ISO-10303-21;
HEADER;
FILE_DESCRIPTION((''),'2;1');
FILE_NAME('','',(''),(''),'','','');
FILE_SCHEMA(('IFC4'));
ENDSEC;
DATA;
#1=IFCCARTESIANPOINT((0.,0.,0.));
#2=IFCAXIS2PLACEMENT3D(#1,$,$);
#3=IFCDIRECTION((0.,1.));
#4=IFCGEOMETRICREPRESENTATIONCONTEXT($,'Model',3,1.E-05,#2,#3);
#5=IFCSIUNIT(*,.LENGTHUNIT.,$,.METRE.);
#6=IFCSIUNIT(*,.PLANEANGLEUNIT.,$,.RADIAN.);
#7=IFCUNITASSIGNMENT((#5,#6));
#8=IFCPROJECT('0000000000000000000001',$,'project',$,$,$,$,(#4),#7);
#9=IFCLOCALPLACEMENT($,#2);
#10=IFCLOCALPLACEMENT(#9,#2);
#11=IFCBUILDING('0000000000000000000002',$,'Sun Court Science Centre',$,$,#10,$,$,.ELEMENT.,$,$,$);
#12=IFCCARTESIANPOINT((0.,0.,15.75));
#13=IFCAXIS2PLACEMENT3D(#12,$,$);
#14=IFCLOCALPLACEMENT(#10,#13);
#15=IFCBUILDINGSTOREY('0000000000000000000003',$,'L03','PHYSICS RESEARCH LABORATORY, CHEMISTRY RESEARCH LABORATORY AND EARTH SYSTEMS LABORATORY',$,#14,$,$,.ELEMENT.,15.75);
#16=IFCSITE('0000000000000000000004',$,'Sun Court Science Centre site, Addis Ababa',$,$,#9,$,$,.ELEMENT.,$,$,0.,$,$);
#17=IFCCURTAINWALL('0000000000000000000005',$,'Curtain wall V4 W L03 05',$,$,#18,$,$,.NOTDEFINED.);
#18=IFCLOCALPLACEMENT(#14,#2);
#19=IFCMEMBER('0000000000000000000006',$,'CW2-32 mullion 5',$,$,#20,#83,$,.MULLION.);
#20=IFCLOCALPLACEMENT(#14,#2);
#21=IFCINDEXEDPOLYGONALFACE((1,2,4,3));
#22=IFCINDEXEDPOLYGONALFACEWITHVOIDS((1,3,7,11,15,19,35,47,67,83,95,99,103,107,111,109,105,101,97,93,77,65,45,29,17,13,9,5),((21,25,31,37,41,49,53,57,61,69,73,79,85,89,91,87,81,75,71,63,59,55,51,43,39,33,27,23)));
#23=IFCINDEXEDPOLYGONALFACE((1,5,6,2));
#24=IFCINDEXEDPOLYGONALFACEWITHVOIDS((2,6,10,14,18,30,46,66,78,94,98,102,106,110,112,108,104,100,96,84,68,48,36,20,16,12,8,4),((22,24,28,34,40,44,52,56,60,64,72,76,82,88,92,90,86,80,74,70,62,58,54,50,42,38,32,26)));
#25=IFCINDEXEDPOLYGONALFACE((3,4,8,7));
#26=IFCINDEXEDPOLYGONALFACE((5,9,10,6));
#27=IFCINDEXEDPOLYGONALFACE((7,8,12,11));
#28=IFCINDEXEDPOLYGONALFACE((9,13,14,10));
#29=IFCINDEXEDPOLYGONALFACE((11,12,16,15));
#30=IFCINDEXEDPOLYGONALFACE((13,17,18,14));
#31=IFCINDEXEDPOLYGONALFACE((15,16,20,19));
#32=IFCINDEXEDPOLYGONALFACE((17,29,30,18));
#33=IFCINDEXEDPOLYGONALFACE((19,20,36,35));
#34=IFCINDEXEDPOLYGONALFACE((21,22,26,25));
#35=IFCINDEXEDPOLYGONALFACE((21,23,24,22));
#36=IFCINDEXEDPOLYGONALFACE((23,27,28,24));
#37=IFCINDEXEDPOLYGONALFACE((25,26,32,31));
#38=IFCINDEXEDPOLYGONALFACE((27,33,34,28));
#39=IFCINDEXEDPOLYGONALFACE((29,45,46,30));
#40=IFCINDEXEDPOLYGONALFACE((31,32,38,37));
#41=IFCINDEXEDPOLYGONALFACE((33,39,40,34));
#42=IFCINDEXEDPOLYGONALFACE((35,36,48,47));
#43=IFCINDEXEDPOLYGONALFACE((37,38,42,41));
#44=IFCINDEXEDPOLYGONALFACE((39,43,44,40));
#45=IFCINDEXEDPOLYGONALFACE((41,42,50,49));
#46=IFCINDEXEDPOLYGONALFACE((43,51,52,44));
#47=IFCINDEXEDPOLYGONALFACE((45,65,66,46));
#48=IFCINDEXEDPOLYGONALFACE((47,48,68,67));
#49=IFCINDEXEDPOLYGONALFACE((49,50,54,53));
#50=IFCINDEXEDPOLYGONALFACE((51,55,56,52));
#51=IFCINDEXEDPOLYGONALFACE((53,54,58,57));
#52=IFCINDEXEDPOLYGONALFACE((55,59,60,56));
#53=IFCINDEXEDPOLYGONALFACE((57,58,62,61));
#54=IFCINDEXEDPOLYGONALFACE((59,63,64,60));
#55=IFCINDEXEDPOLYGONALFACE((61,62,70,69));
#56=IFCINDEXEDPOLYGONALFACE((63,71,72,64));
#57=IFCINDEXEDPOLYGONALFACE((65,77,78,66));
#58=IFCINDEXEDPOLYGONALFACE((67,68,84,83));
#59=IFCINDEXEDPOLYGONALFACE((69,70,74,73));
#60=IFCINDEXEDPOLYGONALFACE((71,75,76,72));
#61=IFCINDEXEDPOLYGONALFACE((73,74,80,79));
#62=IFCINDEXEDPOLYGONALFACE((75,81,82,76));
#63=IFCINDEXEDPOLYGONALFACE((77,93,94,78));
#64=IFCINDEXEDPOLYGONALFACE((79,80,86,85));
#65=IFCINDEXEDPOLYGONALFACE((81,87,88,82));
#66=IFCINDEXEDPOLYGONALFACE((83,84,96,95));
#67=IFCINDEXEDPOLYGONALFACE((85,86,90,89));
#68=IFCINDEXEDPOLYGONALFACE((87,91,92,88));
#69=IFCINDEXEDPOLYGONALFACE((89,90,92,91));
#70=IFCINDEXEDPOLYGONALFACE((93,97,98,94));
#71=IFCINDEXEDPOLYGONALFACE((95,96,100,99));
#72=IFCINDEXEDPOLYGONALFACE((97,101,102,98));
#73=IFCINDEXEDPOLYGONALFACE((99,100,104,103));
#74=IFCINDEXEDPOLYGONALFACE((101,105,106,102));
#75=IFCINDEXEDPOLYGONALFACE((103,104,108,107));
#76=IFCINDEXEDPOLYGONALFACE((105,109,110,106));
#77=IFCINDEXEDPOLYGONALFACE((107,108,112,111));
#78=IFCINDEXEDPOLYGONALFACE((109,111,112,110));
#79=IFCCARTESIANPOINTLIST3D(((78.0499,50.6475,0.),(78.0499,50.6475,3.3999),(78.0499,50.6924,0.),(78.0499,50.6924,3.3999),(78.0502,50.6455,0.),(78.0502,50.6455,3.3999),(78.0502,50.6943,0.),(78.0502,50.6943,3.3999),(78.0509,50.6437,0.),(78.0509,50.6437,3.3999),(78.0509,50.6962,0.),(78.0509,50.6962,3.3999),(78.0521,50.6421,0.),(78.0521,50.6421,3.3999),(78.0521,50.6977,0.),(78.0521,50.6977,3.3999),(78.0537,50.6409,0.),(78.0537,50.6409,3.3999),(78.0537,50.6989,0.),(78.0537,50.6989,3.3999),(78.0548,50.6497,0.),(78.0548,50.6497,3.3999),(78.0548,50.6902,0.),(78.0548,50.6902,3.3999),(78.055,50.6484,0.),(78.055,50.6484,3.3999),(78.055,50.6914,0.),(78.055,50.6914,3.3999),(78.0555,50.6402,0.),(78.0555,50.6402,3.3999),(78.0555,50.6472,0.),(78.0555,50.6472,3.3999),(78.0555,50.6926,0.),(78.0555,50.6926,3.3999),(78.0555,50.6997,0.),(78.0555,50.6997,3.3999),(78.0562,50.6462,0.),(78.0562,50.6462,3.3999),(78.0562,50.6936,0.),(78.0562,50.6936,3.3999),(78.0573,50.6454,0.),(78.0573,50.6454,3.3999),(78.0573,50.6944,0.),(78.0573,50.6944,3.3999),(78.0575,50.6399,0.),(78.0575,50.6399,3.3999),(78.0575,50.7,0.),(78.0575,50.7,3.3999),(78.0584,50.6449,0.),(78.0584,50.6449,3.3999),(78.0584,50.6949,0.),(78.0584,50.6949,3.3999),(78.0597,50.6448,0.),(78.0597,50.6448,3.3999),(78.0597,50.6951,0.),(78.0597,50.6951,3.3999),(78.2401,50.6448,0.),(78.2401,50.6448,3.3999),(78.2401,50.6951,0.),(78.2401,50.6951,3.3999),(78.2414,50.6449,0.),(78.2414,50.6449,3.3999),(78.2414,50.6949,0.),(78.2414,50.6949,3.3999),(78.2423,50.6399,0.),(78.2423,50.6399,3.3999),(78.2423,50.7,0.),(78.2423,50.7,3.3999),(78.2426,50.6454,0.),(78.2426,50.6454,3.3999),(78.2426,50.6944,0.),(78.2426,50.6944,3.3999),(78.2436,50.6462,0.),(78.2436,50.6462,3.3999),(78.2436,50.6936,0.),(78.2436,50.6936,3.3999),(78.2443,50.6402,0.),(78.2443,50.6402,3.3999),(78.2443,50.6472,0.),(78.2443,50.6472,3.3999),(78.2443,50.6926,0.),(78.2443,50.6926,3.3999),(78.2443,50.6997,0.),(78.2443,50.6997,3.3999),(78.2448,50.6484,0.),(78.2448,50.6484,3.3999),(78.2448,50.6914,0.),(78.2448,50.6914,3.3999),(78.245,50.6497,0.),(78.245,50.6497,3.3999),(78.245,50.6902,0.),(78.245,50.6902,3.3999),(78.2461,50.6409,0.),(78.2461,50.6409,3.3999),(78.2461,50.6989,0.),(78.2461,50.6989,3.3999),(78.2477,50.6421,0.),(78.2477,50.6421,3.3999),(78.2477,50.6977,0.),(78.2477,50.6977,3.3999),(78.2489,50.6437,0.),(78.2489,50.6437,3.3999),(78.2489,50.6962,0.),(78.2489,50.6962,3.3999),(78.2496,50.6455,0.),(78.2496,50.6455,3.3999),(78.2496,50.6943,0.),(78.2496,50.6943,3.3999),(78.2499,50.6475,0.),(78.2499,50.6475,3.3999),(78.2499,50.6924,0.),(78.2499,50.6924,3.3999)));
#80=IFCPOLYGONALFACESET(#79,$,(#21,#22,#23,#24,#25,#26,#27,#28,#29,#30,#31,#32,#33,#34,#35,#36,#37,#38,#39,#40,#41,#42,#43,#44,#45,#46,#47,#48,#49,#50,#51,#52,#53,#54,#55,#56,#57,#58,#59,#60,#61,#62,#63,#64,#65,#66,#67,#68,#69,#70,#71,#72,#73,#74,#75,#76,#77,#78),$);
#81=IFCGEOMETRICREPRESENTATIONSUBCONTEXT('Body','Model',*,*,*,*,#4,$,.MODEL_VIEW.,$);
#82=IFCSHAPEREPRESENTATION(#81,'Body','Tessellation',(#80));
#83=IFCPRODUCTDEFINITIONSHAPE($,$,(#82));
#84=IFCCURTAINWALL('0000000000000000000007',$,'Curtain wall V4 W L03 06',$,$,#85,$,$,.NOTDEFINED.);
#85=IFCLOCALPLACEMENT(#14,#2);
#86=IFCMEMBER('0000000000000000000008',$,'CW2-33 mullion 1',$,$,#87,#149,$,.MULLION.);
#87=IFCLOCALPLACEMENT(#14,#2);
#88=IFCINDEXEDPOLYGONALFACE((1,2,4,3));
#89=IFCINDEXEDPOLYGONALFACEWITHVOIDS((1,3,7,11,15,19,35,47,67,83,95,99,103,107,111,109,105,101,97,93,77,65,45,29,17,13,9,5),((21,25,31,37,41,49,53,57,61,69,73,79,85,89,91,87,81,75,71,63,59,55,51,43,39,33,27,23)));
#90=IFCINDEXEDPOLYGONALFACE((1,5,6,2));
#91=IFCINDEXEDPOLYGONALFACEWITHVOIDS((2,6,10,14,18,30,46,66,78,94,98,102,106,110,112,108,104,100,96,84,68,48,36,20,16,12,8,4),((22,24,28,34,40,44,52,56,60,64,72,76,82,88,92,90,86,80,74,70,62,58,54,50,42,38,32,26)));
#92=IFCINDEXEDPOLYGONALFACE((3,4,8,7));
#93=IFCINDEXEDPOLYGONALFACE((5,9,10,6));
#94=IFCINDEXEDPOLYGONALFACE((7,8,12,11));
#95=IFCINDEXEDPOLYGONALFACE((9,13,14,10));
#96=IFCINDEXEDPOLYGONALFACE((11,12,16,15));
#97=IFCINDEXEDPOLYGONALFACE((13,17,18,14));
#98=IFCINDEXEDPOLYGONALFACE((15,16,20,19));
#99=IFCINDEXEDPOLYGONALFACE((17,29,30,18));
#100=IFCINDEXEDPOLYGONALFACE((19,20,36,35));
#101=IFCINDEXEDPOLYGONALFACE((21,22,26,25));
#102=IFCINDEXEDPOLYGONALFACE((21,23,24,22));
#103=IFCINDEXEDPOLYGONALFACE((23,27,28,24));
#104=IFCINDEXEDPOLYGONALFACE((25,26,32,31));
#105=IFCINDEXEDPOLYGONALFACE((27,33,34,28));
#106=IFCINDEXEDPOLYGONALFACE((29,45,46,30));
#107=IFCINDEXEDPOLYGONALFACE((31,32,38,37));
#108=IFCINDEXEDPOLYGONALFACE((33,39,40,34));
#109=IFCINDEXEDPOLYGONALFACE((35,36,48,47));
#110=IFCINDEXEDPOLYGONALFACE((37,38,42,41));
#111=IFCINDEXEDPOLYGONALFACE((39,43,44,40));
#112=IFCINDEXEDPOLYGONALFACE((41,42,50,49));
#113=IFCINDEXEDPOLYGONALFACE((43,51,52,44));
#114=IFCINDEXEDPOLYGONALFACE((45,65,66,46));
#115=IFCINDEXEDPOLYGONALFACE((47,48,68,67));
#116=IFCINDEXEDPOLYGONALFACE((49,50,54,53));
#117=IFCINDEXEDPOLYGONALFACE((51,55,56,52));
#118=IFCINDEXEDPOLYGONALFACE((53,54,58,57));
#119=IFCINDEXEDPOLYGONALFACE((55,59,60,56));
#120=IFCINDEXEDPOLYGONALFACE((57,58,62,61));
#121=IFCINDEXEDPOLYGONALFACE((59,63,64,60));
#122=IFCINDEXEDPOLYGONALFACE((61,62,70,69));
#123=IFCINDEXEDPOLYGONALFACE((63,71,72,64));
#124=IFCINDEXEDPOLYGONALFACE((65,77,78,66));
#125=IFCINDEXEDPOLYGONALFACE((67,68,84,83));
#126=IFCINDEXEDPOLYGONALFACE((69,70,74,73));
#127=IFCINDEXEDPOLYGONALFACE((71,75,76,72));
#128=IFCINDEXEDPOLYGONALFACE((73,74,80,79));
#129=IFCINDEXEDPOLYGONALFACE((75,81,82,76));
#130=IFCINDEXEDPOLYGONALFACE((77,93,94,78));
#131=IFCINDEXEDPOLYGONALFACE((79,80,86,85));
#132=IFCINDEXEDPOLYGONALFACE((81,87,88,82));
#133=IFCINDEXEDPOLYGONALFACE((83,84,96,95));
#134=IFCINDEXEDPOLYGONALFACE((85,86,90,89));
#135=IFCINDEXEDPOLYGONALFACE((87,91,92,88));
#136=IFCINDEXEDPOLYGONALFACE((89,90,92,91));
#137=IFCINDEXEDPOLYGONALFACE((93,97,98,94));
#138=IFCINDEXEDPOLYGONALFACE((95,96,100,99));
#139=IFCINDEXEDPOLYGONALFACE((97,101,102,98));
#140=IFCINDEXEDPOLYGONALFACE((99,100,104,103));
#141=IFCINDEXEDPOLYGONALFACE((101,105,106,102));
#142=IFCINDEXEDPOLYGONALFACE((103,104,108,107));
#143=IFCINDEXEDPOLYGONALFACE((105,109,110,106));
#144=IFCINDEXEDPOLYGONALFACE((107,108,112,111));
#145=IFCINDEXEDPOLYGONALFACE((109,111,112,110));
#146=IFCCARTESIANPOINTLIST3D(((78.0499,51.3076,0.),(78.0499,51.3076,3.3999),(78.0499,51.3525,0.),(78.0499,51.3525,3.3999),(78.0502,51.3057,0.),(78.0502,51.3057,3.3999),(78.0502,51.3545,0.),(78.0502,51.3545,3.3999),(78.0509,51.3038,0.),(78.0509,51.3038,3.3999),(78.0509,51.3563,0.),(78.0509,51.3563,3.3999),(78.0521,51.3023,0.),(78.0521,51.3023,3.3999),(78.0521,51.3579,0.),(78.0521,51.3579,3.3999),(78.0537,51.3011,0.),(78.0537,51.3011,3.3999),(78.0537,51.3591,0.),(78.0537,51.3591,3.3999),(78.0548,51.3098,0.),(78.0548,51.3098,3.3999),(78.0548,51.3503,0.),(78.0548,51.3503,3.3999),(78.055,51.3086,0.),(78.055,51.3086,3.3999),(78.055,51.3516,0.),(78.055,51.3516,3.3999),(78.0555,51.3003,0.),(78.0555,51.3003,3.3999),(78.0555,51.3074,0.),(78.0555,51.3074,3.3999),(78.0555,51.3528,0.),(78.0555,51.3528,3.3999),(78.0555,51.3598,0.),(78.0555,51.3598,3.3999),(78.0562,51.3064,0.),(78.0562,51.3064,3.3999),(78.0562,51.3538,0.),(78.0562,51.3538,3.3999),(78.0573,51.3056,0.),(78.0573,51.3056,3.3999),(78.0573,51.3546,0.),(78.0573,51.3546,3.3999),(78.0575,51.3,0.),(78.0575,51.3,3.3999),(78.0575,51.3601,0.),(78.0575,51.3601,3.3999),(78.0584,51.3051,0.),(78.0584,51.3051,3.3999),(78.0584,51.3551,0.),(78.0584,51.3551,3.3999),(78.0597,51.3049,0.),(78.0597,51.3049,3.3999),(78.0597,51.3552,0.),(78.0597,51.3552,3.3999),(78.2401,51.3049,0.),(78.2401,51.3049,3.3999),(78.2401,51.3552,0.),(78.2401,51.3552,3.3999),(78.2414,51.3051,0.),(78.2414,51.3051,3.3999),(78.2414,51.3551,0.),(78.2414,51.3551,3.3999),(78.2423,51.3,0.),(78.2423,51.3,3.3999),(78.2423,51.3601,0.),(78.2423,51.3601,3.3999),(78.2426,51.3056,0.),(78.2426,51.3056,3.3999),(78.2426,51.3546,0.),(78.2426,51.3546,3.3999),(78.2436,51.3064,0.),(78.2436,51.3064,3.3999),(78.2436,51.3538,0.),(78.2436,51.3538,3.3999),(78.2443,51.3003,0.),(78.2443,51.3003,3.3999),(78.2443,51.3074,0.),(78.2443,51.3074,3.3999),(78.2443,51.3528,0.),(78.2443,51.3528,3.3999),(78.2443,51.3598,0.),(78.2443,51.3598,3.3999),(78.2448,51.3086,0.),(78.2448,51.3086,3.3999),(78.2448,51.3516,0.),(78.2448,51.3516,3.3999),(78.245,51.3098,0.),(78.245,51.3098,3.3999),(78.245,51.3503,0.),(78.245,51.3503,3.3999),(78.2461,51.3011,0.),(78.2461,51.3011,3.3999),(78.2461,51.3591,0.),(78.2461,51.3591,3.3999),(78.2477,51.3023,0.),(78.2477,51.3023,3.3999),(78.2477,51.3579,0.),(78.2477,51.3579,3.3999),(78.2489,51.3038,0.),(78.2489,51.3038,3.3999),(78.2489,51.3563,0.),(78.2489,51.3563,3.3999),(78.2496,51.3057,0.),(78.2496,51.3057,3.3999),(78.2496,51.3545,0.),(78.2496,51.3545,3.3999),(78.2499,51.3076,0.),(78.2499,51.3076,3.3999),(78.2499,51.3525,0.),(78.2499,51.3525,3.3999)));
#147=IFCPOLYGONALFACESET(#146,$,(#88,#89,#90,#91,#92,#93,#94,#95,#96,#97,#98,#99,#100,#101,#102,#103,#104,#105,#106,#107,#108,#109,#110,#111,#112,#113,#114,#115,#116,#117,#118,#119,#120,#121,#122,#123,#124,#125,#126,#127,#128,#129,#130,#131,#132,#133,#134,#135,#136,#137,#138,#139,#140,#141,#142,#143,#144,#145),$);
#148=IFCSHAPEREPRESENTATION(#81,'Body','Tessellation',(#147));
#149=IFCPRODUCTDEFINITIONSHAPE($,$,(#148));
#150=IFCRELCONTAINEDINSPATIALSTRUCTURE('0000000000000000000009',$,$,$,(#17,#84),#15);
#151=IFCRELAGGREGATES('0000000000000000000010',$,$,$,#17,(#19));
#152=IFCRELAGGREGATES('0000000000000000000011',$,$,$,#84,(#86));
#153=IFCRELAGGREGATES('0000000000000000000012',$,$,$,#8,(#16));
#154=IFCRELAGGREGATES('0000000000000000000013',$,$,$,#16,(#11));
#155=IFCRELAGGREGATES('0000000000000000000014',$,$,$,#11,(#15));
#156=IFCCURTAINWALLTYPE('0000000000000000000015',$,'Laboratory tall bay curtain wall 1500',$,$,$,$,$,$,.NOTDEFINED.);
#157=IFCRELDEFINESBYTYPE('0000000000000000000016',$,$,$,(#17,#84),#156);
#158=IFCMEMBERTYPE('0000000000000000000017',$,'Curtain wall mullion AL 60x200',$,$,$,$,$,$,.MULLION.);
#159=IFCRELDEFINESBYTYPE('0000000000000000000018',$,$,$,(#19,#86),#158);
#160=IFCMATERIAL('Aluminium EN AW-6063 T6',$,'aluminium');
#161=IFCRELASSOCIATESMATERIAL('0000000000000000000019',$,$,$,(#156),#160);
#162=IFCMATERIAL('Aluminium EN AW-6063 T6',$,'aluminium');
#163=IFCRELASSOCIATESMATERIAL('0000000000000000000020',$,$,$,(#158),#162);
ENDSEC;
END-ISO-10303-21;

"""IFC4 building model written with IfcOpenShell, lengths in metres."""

from ifc_helpers import new_model, si_unit, direction, frame, origin, origin_2d, place, context, subcontext, project, spatial, hollow_rectangle, extrude, material, material_profile, profile_set, type_object, element, aggregate, save


model = new_model("IFC4")

# Units and contexts
model_context = context("Model", 3, precision=1e-05, world=origin(), true_north=direction((0.0, 1.0)))
body_context = subcontext(model_context, "Body", "Model", "MODEL_VIEW")
ifc_project = project(units=[si_unit("LENGTHUNIT", "METRE"), si_unit("PLANEANGLEUNIT", "RADIAN")], contexts=[model_context])

# Site, building, storey
site_placement = place(None, origin())
site = spatial("IfcSite", under=ifc_project, at=site_placement, Name="Sun Court Science Centre site, Addis Ababa", CompositionType="ELEMENT", RefElevation=0.0)
building_placement = place(site_placement, origin())
building = spatial("IfcBuilding", under=site, at=building_placement, Name="Sun Court Science Centre", CompositionType="ELEMENT")
storey_placement = place(building_placement, frame((0.0, 0.0, 15.75)))
storey = spatial("IfcBuildingStorey", under=building, at=storey_placement, Name="L03", Description="PHYSICS RESEARCH LABORATORY, CHEMISTRY RESEARCH LABORATORY AND EARTH SYSTEMS LABORATORY", CompositionType="ELEMENT", Elevation=15.75)

# Curtain walls, members
ifc_material_1 = material(Name="Aluminium EN AW-6063 T6", Category="aluminium")
curtain_wall_type = type_object("IfcCurtainWallType", Name="Laboratory tall bay curtain wall 1500", PredefinedType="NOTDEFINED", material=ifc_material_1)
curtain_wall_1_placement = place(storey_placement, origin())
curtain_wall_1 = element("IfcCurtainWall", 1, at=curtain_wall_1_placement, inside=storey, type_object=curtain_wall_type, Name="Curtain wall V4 W L03 05", PredefinedType="NOTDEFINED")
ifc_material_2 = material(Name="Aluminium EN AW-6063 T6", Category="aluminium")
ifc_material_profile_1 = material_profile(ifc_material_2, hollow_rectangle(XDim=0.0601, YDim=0.2, WallThickness=0.0049, InnerFilletRadius=0.0049, OuterFilletRadius=0.0076, at=origin_2d()), Name="AL 60x200x5")
ifc_profile_set_1 = profile_set([ifc_material_profile_1], Name="Aluminium EN AW-6063 T6")
member_type_1 = type_object("IfcMemberType", Name="Curtain wall mullion AL 60x200", PredefinedType="MULLION", material=ifc_profile_set_1)
member_1_placement = place(storey_placement, frame((78.1499, 50.6699, 0.0), z_axis=(0.0, 0.0, 1.0), x_axis=(0.0, 1.0, 0.0)))
member_1 = element("IfcMember", 2, at=member_1_placement, type_object=member_type_1, Name="CW2-32 mullion 5", PredefinedType="MULLION", context=body_context, shape_type="SweptSolid", body=[
    extrude(hollow_rectangle(XDim=0.0601, YDim=0.2, WallThickness=0.0049, InnerFilletRadius=0.0049, OuterFilletRadius=0.0076, at=origin_2d()), origin(), (0.0, 0.0, 1.0), 3.3999),
])
curtain_wall_2_placement = place(storey_placement, origin())
curtain_wall_2 = element("IfcCurtainWall", 3, at=curtain_wall_2_placement, inside=storey, type_object=curtain_wall_type, Name="Curtain wall V4 W L03 06", PredefinedType="NOTDEFINED")
member_2_placement = place(storey_placement, frame((78.1499, 51.3301, 0.0), z_axis=(0.0, 0.0, 1.0), x_axis=(0.0, 1.0, 0.0)))
member_2 = element("IfcMember", 4, at=member_2_placement, type_object=member_type_1, Name="CW2-33 mullion 1", PredefinedType="MULLION", context=body_context, shape_type="SweptSolid", body=[
    extrude(hollow_rectangle(XDim=0.0601, YDim=0.2, WallThickness=0.0049, InnerFilletRadius=0.0049, OuterFilletRadius=0.0076, at=origin_2d()), origin(), (0.0, 0.0, 1.0), 3.3999),
])

aggregate(curtain_wall_1, [member_1])
aggregate(curtain_wall_2, [member_2])

save(model, "model.ifc")
